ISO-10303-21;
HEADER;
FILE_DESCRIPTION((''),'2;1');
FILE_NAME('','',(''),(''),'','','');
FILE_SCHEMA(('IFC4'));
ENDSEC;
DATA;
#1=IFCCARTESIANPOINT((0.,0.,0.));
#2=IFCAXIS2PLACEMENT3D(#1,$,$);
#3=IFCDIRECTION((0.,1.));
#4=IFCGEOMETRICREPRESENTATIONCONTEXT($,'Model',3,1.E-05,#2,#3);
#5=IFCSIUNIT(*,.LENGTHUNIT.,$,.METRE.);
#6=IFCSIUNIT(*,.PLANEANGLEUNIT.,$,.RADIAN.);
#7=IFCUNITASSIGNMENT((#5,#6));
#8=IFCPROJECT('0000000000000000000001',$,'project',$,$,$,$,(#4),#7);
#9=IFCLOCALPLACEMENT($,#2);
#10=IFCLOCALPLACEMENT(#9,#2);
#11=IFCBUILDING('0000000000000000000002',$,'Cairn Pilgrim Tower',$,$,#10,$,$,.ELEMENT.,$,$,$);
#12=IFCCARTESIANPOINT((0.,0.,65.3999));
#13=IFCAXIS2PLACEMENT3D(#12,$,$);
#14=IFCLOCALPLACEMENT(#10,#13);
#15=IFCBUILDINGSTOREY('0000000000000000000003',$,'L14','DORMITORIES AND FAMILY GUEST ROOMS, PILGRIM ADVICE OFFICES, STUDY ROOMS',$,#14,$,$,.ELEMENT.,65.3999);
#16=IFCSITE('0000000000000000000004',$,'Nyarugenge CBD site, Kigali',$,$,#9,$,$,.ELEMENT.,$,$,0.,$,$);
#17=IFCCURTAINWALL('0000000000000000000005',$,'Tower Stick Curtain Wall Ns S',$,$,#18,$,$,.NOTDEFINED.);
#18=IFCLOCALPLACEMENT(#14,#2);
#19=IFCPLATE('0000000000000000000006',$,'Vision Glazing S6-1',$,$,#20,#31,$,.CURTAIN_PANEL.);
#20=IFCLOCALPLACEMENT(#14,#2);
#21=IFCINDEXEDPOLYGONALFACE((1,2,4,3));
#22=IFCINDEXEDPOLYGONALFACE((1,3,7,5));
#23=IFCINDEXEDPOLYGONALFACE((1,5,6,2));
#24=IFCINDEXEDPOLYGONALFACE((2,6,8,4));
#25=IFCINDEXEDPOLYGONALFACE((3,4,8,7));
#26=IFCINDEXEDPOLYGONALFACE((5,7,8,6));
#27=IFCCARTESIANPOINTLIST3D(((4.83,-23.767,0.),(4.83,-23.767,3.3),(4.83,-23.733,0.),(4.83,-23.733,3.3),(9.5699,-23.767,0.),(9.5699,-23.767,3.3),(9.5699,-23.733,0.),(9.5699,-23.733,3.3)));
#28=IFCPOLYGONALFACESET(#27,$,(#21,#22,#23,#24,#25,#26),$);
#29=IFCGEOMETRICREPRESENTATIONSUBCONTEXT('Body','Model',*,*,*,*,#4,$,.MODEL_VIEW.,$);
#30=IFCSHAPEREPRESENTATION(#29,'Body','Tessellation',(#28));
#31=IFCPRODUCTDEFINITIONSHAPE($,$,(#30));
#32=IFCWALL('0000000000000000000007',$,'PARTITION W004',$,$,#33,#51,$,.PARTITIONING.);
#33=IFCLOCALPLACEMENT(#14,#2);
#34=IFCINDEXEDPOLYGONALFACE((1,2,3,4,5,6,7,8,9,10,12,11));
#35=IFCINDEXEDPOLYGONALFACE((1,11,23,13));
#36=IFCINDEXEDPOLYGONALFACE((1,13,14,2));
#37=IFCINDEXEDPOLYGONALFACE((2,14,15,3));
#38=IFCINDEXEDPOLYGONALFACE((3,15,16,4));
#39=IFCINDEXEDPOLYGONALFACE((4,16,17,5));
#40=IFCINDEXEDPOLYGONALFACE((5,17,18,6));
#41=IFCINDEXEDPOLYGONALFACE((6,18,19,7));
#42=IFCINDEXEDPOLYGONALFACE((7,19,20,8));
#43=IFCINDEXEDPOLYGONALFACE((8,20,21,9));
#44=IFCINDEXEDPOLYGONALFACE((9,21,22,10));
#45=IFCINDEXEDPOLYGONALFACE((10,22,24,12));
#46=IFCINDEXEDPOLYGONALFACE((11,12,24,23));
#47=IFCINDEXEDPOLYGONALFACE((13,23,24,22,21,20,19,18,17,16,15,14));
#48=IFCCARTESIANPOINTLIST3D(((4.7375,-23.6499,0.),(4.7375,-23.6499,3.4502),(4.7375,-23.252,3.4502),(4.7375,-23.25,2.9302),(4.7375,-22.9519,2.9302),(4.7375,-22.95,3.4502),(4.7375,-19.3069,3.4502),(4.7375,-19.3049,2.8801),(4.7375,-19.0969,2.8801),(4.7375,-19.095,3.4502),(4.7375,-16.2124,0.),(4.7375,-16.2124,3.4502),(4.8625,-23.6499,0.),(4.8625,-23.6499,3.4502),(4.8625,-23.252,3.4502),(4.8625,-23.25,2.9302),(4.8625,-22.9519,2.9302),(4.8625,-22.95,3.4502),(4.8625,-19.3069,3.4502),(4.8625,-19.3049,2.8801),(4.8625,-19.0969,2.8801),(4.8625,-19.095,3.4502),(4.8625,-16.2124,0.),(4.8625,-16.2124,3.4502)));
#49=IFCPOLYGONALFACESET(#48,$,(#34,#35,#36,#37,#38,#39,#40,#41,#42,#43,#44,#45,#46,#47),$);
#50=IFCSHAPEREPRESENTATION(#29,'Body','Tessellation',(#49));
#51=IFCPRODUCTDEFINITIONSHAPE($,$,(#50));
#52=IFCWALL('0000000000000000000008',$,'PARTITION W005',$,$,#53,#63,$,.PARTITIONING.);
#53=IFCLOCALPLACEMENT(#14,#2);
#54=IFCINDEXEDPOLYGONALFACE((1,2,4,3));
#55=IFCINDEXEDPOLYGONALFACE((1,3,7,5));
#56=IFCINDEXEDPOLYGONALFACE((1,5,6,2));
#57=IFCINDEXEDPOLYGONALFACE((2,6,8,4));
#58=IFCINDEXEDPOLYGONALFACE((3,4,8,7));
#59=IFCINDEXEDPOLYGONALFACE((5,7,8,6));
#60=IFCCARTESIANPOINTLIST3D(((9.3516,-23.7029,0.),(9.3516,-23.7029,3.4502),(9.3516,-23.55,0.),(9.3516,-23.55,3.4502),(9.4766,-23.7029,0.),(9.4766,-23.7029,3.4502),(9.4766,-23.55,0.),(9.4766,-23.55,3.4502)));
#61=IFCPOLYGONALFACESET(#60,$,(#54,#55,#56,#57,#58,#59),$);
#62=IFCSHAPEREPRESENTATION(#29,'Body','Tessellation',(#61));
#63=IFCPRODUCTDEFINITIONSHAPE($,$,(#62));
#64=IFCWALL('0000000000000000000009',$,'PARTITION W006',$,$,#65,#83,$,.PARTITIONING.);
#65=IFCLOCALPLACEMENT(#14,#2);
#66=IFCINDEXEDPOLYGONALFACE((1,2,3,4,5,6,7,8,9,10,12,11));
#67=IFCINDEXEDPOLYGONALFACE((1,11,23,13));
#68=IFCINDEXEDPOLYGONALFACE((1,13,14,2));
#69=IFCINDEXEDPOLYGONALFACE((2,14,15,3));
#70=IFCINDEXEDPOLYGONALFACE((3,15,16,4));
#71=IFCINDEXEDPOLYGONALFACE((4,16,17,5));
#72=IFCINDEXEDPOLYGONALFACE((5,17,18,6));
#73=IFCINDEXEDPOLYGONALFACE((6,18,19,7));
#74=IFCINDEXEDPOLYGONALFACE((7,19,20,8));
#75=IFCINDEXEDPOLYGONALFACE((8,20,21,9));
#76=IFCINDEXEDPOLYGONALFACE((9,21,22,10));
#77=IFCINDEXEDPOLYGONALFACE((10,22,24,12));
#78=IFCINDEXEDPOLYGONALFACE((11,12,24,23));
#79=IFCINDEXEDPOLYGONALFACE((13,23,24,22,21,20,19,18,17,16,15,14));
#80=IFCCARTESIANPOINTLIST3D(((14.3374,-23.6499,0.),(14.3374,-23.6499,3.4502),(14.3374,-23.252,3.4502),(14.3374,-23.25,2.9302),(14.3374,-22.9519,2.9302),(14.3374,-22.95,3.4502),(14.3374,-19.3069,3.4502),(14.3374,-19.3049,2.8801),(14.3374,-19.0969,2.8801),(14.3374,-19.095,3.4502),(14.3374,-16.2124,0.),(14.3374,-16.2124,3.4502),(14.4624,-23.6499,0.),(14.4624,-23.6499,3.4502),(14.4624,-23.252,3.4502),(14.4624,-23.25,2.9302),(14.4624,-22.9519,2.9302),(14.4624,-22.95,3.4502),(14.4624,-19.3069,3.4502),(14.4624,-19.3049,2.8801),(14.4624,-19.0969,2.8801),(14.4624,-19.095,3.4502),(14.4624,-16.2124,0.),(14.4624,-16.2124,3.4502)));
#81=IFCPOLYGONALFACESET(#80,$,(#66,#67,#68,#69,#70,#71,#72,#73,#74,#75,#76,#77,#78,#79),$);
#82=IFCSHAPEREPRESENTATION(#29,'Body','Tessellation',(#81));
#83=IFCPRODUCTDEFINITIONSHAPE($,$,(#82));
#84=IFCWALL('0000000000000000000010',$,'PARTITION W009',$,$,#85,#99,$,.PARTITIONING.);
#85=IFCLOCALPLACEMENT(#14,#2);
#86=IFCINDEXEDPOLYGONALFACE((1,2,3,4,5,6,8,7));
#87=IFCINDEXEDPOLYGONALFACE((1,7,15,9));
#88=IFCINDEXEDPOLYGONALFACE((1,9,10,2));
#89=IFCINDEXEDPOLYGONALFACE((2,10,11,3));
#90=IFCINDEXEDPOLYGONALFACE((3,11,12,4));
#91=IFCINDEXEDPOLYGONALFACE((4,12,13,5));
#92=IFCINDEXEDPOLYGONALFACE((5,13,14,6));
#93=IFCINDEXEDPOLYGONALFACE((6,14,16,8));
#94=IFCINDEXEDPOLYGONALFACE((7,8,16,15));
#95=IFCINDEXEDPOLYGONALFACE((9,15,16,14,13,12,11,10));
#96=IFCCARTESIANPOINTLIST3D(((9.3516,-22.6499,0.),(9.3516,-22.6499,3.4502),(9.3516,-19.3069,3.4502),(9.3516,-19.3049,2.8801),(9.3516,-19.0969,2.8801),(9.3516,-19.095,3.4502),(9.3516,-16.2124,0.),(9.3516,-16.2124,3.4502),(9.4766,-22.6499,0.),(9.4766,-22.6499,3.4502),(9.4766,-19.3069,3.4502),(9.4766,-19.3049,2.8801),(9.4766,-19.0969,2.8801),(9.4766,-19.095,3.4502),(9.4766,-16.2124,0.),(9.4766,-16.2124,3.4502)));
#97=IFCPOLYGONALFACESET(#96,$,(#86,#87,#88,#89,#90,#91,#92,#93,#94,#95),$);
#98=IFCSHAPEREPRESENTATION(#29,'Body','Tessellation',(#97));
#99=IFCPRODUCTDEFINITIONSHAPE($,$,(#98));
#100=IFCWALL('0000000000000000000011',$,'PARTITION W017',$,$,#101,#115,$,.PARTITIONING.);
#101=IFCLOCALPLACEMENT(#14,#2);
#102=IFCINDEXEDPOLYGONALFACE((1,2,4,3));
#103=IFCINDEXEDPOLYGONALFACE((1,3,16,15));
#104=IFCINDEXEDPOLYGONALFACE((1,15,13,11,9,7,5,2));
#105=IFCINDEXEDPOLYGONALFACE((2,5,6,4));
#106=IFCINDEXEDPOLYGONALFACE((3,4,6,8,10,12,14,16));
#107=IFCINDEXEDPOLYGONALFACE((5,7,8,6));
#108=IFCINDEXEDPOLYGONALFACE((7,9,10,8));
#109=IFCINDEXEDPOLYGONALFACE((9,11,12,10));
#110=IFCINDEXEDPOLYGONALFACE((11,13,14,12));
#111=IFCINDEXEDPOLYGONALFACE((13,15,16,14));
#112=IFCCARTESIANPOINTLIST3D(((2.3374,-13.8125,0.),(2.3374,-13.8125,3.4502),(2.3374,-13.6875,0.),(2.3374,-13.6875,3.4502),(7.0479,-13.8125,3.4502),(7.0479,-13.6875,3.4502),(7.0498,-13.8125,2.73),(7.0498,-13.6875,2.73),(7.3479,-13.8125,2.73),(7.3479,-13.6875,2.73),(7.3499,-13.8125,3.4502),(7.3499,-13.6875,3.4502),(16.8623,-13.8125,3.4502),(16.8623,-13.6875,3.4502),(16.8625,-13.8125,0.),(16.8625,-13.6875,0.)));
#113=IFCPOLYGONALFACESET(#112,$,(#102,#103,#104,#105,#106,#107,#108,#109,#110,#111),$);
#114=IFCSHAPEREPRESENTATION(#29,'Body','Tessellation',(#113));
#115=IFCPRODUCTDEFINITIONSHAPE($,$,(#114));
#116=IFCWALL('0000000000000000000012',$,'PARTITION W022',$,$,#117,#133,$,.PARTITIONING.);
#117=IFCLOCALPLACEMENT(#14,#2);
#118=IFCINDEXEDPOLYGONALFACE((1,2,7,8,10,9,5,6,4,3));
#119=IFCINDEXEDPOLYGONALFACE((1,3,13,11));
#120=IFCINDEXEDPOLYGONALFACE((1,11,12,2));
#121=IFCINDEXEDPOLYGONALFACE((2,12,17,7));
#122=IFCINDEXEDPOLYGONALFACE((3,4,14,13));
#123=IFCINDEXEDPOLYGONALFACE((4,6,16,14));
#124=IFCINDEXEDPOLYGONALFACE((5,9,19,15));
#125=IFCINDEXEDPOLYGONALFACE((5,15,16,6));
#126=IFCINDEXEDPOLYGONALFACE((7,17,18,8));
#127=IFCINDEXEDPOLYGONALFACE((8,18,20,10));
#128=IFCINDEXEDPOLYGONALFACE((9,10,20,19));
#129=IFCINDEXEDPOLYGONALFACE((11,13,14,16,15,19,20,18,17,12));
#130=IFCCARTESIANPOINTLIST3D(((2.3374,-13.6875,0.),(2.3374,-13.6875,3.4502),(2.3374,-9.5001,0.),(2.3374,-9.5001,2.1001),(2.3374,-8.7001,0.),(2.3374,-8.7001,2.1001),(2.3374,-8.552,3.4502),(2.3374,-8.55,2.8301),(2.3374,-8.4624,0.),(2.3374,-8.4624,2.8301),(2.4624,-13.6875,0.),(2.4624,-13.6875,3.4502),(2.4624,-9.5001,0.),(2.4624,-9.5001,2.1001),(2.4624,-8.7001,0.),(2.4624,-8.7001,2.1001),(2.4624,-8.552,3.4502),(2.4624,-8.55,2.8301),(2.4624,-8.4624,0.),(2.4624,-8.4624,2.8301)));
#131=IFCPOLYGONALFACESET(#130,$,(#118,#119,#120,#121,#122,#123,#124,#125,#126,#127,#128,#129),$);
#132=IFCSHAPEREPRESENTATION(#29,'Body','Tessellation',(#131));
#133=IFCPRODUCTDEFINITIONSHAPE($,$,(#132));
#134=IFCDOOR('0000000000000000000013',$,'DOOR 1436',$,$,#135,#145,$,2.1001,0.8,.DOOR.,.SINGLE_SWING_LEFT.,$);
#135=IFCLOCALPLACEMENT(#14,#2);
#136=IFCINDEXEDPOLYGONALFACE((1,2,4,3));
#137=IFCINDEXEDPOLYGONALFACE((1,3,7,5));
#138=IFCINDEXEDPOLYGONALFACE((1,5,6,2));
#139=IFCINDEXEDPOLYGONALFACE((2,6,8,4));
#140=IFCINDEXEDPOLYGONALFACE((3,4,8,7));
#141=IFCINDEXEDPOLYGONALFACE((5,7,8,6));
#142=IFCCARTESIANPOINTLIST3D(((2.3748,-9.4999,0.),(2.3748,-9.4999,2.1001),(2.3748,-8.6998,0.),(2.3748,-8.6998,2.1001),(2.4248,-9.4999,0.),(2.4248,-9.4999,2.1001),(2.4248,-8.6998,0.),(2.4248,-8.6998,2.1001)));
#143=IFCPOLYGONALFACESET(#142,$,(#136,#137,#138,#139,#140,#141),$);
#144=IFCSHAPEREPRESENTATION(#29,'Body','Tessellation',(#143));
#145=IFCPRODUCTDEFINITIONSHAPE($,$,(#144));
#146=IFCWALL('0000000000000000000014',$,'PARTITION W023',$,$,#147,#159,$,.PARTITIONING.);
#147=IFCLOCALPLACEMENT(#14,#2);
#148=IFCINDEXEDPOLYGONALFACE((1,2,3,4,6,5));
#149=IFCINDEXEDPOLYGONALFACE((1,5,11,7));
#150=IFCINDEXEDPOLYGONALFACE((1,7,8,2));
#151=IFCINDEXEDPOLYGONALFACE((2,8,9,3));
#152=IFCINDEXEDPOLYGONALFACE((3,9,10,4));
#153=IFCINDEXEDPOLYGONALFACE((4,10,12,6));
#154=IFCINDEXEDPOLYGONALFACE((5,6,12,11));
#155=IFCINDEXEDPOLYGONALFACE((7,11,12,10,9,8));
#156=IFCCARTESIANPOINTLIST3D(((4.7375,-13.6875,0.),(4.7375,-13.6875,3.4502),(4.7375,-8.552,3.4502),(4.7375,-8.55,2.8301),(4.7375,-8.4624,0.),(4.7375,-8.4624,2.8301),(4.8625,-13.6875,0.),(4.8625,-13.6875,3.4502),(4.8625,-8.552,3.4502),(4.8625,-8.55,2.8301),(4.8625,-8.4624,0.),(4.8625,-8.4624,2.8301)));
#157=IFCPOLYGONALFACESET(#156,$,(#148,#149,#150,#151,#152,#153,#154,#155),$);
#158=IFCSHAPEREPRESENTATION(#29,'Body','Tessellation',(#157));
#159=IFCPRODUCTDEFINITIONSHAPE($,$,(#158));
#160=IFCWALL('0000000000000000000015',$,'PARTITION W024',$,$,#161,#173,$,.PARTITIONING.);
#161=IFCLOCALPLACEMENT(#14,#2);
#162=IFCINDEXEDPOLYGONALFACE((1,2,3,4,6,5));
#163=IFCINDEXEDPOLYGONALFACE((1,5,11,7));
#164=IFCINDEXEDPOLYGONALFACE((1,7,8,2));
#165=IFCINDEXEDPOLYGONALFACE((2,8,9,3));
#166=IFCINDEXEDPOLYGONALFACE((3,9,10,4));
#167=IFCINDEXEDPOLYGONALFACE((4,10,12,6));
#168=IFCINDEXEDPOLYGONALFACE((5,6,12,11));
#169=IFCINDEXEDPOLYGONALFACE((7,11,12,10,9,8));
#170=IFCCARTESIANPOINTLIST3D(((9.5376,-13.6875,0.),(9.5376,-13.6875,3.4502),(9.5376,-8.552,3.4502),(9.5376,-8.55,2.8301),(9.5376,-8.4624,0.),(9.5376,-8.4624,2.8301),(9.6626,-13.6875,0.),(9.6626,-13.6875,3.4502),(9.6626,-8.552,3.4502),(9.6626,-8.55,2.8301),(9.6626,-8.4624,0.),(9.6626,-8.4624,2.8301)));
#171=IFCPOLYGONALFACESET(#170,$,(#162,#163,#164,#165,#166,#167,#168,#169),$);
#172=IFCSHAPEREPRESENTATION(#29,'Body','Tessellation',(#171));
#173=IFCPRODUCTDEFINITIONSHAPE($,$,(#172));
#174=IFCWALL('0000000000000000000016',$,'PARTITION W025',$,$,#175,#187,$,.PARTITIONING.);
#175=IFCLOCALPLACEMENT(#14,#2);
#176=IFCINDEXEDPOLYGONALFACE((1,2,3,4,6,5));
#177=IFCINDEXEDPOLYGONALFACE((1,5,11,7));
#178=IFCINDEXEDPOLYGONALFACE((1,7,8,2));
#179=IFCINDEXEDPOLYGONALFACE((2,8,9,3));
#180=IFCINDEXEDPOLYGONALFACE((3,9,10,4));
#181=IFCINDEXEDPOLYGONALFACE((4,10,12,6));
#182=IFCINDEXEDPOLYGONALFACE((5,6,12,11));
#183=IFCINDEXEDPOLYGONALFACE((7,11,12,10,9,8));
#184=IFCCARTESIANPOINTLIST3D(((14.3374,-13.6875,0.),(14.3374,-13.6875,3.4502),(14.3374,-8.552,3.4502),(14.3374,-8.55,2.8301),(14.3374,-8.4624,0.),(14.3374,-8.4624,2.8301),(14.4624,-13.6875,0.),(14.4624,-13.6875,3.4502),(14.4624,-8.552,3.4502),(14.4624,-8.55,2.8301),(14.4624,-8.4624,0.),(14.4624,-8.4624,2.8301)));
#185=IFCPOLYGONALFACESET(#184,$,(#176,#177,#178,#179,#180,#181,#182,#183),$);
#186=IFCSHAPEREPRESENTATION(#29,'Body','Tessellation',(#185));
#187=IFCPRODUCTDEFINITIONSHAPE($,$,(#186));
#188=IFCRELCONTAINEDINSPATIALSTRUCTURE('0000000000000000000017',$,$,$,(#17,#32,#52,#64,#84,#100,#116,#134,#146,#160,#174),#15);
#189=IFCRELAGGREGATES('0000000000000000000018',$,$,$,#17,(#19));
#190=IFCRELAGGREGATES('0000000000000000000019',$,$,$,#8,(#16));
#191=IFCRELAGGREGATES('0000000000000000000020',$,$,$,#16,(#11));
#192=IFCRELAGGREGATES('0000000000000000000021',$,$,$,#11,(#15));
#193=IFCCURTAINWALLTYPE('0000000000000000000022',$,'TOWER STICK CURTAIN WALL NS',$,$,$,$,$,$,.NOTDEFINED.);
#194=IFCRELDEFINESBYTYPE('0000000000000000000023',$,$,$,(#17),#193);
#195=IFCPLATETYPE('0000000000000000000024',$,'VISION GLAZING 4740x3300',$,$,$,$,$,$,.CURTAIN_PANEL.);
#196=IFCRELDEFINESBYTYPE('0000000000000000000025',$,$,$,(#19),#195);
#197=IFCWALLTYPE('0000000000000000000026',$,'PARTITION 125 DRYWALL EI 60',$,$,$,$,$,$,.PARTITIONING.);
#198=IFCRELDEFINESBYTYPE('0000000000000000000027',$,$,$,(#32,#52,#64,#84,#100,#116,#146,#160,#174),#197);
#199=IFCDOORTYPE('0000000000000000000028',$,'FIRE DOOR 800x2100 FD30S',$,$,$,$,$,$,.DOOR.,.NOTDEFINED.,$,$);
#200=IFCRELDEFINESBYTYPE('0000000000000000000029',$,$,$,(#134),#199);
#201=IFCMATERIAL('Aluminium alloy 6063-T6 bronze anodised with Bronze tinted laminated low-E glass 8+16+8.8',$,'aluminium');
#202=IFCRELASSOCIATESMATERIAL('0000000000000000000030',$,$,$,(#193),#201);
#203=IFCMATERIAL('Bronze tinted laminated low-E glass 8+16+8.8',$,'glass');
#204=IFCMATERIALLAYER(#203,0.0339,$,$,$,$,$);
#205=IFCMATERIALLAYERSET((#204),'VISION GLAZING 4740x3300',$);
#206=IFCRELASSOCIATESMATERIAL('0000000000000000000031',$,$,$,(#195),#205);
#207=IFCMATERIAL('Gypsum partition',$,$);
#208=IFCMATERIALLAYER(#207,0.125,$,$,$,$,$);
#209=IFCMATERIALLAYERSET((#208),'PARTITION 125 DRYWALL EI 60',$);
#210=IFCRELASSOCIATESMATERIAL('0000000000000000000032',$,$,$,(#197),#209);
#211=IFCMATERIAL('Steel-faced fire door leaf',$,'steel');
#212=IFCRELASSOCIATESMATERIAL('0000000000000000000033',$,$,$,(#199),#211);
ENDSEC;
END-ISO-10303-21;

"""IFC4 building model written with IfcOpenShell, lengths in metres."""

from ifc_helpers import new_model, si_unit, direction, frame, frame_2d, origin, origin_2d, place, context, subcontext, project, spatial, polyline, rectangle, outline, extrude, material, layer, layer_set, type_object, element, fill, aggregate, save


model = new_model("IFC4")

# Units and contexts
model_context = context("Model", 3, precision=1e-05, world=origin(), true_north=direction((0.0, 1.0)))
body_context = subcontext(model_context, "Body", "Model", "MODEL_VIEW")
ifc_project = project(units=[si_unit("LENGTHUNIT", "METRE"), si_unit("PLANEANGLEUNIT", "RADIAN")], contexts=[model_context])

# Site, building, storey
site_placement = place(None, origin())
site = spatial("IfcSite", under=ifc_project, at=site_placement, Name="Nyarugenge CBD site, Kigali", CompositionType="ELEMENT", RefElevation=0.0)
building_placement = place(site_placement, origin())
building = spatial("IfcBuilding", under=site, at=building_placement, Name="Cairn Pilgrim Tower", CompositionType="ELEMENT")
storey_placement = place(building_placement, frame((0.0, 0.0, 65.3999)))
storey = spatial("IfcBuildingStorey", under=building, at=storey_placement, Name="L14", Description="DORMITORIES AND FAMILY GUEST ROOMS, PILGRIM ADVICE OFFICES, STUDY ROOMS", CompositionType="ELEMENT", Elevation=65.3999)

# Curtain wall
ifc_material_1 = material(Name="Aluminium alloy 6063-T6 bronze anodised with Bronze tinted laminated low-E glass 8+16+8.8", Category="aluminium")
curtain_wall_type = type_object("IfcCurtainWallType", Name="TOWER STICK CURTAIN WALL NS", PredefinedType="NOTDEFINED", material=ifc_material_1)
curtain_wall_placement = place(storey_placement, origin())
curtain_wall = element("IfcCurtainWall", 1, at=curtain_wall_placement, inside=storey, type_object=curtain_wall_type, Name="Tower Stick Curtain Wall Ns S", PredefinedType="NOTDEFINED")

# Plate
ifc_material_2 = material(Name="Bronze tinted laminated low-E glass 8+16+8.8", Category="glass")
ifc_layer_1 = layer(ifc_material_2, 0.0339)
ifc_layer_set_1 = layer_set([ifc_layer_1], Name="VISION GLAZING 4740x3300")
plate_type_1 = type_object("IfcPlateType", Name="VISION GLAZING 4740x3300", PredefinedType="CURTAIN_PANEL", material=ifc_layer_set_1)
plate_1_placement = place(storey_placement, frame((7.2, -23.75, 0.0), z_axis=(0.0, 0.0, 1.0), x_axis=(1.0, 0.0, 0.0)))
plate_1 = element("IfcPlate", 2, at=plate_1_placement, type_object=plate_type_1, Name="Vision Glazing S6-1", PredefinedType="CURTAIN_PANEL", context=body_context, shape_type="SweptSolid", body=[
    extrude(rectangle(XDim=4.74, YDim=0.0339, at=origin_2d()), origin(), (0.0, 0.0, 1.0), 3.3),
])
aggregate(curtain_wall, [plate_1])

# Walls
ifc_material_3 = material(Name="Gypsum partition")
ifc_layer_2 = layer(ifc_material_3, 0.125)
ifc_layer_set_2 = layer_set([ifc_layer_2], Name="PARTITION 125 DRYWALL EI 60")
wall_type_1 = type_object("IfcWallType", Name="PARTITION 125 DRYWALL EI 60", PredefinedType="PARTITIONING", material=ifc_layer_set_2)
wall_1_placement = place(storey_placement, frame((4.8, -23.6499, 0.0), z_axis=(0.0, 0.0, 1.0), x_axis=(0.0, 1.0, 0.0)))
element("IfcWall", 3, at=wall_1_placement, inside=storey, type_object=wall_type_1, Name="PARTITION W004", PredefinedType="PARTITIONING", context=body_context, shape_type="SweptSolid", body=[
    extrude(outline(polyline([(0.0, 0.0), (7.4375, 0.0), (7.4375, 3.4502), (4.5549, 3.4502), (4.553, 2.8801), (4.345, 2.8801), (4.343, 3.4502), (0.7, 3.4502), (0.698, 2.9302), (0.3999, 2.9302), (0.3979, 3.4502), (0.0, 3.4502), (0.0, 0.0)])), frame((0.0, 0.0625, 0.0), z_axis=(0.0, -1.0, 0.0), x_axis=(1.0, 0.0, 0.0)), (0.0, 0.0, 1.0), 0.125),
])
wall_2_placement = place(storey_placement, frame((9.4141, -23.7029, 0.0), z_axis=(0.0, 0.0, 1.0), x_axis=(0.0, 1.0, 0.0)))
element("IfcWall", 4, at=wall_2_placement, inside=storey, type_object=wall_type_1, Name="PARTITION W005", PredefinedType="PARTITIONING", context=body_context, shape_type="SweptSolid", body=[
    extrude(rectangle(XDim=0.1528, YDim=0.125, at=frame_2d((0.0764, 0.0))), origin(), (0.0, 0.0, 1.0), 3.4502),
])
wall_3_placement = place(storey_placement, frame((14.3999, -23.6499, 0.0), z_axis=(0.0, 0.0, 1.0), x_axis=(0.0, 1.0, 0.0)))
element("IfcWall", 5, at=wall_3_placement, inside=storey, type_object=wall_type_1, Name="PARTITION W006", PredefinedType="PARTITIONING", context=body_context, shape_type="SweptSolid", body=[
    extrude(outline(polyline([(0.0, 0.0), (7.4375, 0.0), (7.4375, 3.4502), (4.5549, 3.4502), (4.553, 2.8801), (4.345, 2.8801), (4.343, 3.4502), (0.7, 3.4502), (0.698, 2.9302), (0.3999, 2.9302), (0.3979, 3.4502), (0.0, 3.4502), (0.0, 0.0)])), frame((0.0, 0.0625, 0.0), z_axis=(0.0, -1.0, 0.0), x_axis=(1.0, 0.0, 0.0)), (0.0, 0.0, 1.0), 0.125),
])
wall_4_placement = place(storey_placement, frame((9.4141, -22.6499, 0.0), z_axis=(0.0, 0.0, 1.0), x_axis=(0.0, 1.0, 0.0)))
element("IfcWall", 6, at=wall_4_placement, inside=storey, type_object=wall_type_1, Name="PARTITION W009", PredefinedType="PARTITIONING", context=body_context, shape_type="SweptSolid", body=[
    extrude(outline(polyline([(0.0, 0.0), (6.4375, 0.0), (6.4375, 3.4502), (3.5549, 3.4502), (3.553, 2.8801), (3.345, 2.8801), (3.343, 3.4502), (0.0, 3.4502), (0.0, 0.0)])), frame((0.0, 0.0625, 0.0), z_axis=(0.0, -1.0, 0.0), x_axis=(1.0, 0.0, 0.0)), (0.0, 0.0, 1.0), 0.125),
])
wall_5_placement = place(storey_placement, frame((2.3374, -13.75, 0.0), z_axis=(0.0, 0.0, 1.0), x_axis=(1.0, 0.0, 0.0)))
element("IfcWall", 7, at=wall_5_placement, inside=storey, type_object=wall_type_1, Name="PARTITION W017", PredefinedType="PARTITIONING", context=body_context, shape_type="SweptSolid", body=[
    extrude(outline(polyline([(0.0, 0.0), (14.5251, 0.0), (14.5249, 3.4502), (5.0125, 3.4502), (5.0105, 2.73), (4.7124, 2.73), (4.7104, 3.4502), (0.0, 3.4502), (0.0, 0.0)])), frame((0.0, 0.0625, 0.0), z_axis=(0.0, -1.0, 0.0), x_axis=(1.0, 0.0, 0.0)), (0.0, 0.0, 1.0), 0.125),
])

# Wall, opening, door
wall_6_placement = place(storey_placement, frame((2.3999, -13.6875, 0.0), z_axis=(0.0, 0.0, 1.0), x_axis=(0.0, 1.0, 0.0)))
wall_6 = element("IfcWall", 8, at=wall_6_placement, inside=storey, type_object=wall_type_1, Name="PARTITION W022", PredefinedType="PARTITIONING", context=body_context, shape_type="SweptSolid", body=[
    extrude(outline(polyline([(0.0, 0.0), (5.2251, 0.0), (5.2251, 2.8301), (5.1375, 2.8301), (5.1355, 3.4502), (0.0, 3.4502), (0.0, 0.0)])), frame((0.0, 0.0625, 0.0), z_axis=(0.0, -1.0, 0.0), x_axis=(1.0, 0.0, 0.0)), (0.0, 0.0, 1.0), 0.125),
])
opening_1_placement = place(wall_6_placement, frame((4.1875, 0.0, 0.0)))
opening_1 = element("IfcOpeningElement", 9, at=opening_1_placement, cuts=wall_6, PredefinedType="OPENING", context=body_context, shape_type="SweptSolid", body=[
    extrude(rectangle(XDim=0.8, YDim=2.1001, at=frame_2d((0.3999, 1.05))), frame((0.0, 0.0725, 0.0), z_axis=(0.0, -1.0, 0.0), x_axis=(1.0, 0.0, 0.0)), (0.0, 0.0, 1.0), 0.145),
])
ifc_material_4 = material(Name="Steel-faced fire door leaf", Category="steel")
door_type_1 = type_object("IfcDoorType", Name="FIRE DOOR 800x2100 FD30S", OperationType="NOTDEFINED", PredefinedType="DOOR", material=ifc_material_4)
door_1_placement = place(opening_1_placement, frame((0.8, 0.0, 0.0), z_axis=(0.0, 0.0, 1.0), x_axis=(-1.0, 0.0, 0.0)))
door_1 = element("IfcDoor", 10, at=door_1_placement, inside=storey, type_object=door_type_1, Name="DOOR 1436", OperationType="SINGLE_SWING_LEFT", OverallHeight=2.1001, OverallWidth=0.8, PredefinedType="DOOR", context=body_context, shape_type="SweptSolid", body=[
    extrude(rectangle(XDim=0.8, YDim=2.1001, at=frame_2d((0.3999, 1.05))), frame((0.0, 0.0249, 0.0), z_axis=(0.0, -1.0, 0.0), x_axis=(1.0, 0.0, 0.0)), (0.0, 0.0, 1.0), 0.05),
])
fill(opening_1, door_1)

# Walls
for number, where, z_axis, x_axis, name in (
    (11, (4.8, -13.6875, 0.0), (0.0, 0.0, 1.0), (0.0, 1.0, 0.0), "PARTITION W023"),
    (12, (9.6001, -13.6875, 0.0), (0.0, 0.0, 1.0), (0.0, 1.0, 0.0), "PARTITION W024"),
    (13, (14.3999, -13.6875, 0.0), (0.0, 0.0, 1.0), (0.0, 1.0, 0.0), "PARTITION W025"),
):
    element("IfcWall", number, at=place(storey_placement, frame(where, z_axis=z_axis, x_axis=x_axis)), inside=storey, type_object=wall_type_1, Name=name, PredefinedType="PARTITIONING", context=body_context, shape_type="SweptSolid", body=[
        extrude(outline(polyline([(0.0, 0.0), (5.2251, 0.0), (5.2251, 2.8301), (5.1375, 2.8301), (5.1355, 3.4502), (0.0, 3.4502), (0.0, 0.0)])), frame((0.0, 0.0625, 0.0), z_axis=(0.0, -1.0, 0.0), x_axis=(1.0, 0.0, 0.0)), (0.0, 0.0, 1.0), 0.125),
    ])

save(model, "model.ifc")
